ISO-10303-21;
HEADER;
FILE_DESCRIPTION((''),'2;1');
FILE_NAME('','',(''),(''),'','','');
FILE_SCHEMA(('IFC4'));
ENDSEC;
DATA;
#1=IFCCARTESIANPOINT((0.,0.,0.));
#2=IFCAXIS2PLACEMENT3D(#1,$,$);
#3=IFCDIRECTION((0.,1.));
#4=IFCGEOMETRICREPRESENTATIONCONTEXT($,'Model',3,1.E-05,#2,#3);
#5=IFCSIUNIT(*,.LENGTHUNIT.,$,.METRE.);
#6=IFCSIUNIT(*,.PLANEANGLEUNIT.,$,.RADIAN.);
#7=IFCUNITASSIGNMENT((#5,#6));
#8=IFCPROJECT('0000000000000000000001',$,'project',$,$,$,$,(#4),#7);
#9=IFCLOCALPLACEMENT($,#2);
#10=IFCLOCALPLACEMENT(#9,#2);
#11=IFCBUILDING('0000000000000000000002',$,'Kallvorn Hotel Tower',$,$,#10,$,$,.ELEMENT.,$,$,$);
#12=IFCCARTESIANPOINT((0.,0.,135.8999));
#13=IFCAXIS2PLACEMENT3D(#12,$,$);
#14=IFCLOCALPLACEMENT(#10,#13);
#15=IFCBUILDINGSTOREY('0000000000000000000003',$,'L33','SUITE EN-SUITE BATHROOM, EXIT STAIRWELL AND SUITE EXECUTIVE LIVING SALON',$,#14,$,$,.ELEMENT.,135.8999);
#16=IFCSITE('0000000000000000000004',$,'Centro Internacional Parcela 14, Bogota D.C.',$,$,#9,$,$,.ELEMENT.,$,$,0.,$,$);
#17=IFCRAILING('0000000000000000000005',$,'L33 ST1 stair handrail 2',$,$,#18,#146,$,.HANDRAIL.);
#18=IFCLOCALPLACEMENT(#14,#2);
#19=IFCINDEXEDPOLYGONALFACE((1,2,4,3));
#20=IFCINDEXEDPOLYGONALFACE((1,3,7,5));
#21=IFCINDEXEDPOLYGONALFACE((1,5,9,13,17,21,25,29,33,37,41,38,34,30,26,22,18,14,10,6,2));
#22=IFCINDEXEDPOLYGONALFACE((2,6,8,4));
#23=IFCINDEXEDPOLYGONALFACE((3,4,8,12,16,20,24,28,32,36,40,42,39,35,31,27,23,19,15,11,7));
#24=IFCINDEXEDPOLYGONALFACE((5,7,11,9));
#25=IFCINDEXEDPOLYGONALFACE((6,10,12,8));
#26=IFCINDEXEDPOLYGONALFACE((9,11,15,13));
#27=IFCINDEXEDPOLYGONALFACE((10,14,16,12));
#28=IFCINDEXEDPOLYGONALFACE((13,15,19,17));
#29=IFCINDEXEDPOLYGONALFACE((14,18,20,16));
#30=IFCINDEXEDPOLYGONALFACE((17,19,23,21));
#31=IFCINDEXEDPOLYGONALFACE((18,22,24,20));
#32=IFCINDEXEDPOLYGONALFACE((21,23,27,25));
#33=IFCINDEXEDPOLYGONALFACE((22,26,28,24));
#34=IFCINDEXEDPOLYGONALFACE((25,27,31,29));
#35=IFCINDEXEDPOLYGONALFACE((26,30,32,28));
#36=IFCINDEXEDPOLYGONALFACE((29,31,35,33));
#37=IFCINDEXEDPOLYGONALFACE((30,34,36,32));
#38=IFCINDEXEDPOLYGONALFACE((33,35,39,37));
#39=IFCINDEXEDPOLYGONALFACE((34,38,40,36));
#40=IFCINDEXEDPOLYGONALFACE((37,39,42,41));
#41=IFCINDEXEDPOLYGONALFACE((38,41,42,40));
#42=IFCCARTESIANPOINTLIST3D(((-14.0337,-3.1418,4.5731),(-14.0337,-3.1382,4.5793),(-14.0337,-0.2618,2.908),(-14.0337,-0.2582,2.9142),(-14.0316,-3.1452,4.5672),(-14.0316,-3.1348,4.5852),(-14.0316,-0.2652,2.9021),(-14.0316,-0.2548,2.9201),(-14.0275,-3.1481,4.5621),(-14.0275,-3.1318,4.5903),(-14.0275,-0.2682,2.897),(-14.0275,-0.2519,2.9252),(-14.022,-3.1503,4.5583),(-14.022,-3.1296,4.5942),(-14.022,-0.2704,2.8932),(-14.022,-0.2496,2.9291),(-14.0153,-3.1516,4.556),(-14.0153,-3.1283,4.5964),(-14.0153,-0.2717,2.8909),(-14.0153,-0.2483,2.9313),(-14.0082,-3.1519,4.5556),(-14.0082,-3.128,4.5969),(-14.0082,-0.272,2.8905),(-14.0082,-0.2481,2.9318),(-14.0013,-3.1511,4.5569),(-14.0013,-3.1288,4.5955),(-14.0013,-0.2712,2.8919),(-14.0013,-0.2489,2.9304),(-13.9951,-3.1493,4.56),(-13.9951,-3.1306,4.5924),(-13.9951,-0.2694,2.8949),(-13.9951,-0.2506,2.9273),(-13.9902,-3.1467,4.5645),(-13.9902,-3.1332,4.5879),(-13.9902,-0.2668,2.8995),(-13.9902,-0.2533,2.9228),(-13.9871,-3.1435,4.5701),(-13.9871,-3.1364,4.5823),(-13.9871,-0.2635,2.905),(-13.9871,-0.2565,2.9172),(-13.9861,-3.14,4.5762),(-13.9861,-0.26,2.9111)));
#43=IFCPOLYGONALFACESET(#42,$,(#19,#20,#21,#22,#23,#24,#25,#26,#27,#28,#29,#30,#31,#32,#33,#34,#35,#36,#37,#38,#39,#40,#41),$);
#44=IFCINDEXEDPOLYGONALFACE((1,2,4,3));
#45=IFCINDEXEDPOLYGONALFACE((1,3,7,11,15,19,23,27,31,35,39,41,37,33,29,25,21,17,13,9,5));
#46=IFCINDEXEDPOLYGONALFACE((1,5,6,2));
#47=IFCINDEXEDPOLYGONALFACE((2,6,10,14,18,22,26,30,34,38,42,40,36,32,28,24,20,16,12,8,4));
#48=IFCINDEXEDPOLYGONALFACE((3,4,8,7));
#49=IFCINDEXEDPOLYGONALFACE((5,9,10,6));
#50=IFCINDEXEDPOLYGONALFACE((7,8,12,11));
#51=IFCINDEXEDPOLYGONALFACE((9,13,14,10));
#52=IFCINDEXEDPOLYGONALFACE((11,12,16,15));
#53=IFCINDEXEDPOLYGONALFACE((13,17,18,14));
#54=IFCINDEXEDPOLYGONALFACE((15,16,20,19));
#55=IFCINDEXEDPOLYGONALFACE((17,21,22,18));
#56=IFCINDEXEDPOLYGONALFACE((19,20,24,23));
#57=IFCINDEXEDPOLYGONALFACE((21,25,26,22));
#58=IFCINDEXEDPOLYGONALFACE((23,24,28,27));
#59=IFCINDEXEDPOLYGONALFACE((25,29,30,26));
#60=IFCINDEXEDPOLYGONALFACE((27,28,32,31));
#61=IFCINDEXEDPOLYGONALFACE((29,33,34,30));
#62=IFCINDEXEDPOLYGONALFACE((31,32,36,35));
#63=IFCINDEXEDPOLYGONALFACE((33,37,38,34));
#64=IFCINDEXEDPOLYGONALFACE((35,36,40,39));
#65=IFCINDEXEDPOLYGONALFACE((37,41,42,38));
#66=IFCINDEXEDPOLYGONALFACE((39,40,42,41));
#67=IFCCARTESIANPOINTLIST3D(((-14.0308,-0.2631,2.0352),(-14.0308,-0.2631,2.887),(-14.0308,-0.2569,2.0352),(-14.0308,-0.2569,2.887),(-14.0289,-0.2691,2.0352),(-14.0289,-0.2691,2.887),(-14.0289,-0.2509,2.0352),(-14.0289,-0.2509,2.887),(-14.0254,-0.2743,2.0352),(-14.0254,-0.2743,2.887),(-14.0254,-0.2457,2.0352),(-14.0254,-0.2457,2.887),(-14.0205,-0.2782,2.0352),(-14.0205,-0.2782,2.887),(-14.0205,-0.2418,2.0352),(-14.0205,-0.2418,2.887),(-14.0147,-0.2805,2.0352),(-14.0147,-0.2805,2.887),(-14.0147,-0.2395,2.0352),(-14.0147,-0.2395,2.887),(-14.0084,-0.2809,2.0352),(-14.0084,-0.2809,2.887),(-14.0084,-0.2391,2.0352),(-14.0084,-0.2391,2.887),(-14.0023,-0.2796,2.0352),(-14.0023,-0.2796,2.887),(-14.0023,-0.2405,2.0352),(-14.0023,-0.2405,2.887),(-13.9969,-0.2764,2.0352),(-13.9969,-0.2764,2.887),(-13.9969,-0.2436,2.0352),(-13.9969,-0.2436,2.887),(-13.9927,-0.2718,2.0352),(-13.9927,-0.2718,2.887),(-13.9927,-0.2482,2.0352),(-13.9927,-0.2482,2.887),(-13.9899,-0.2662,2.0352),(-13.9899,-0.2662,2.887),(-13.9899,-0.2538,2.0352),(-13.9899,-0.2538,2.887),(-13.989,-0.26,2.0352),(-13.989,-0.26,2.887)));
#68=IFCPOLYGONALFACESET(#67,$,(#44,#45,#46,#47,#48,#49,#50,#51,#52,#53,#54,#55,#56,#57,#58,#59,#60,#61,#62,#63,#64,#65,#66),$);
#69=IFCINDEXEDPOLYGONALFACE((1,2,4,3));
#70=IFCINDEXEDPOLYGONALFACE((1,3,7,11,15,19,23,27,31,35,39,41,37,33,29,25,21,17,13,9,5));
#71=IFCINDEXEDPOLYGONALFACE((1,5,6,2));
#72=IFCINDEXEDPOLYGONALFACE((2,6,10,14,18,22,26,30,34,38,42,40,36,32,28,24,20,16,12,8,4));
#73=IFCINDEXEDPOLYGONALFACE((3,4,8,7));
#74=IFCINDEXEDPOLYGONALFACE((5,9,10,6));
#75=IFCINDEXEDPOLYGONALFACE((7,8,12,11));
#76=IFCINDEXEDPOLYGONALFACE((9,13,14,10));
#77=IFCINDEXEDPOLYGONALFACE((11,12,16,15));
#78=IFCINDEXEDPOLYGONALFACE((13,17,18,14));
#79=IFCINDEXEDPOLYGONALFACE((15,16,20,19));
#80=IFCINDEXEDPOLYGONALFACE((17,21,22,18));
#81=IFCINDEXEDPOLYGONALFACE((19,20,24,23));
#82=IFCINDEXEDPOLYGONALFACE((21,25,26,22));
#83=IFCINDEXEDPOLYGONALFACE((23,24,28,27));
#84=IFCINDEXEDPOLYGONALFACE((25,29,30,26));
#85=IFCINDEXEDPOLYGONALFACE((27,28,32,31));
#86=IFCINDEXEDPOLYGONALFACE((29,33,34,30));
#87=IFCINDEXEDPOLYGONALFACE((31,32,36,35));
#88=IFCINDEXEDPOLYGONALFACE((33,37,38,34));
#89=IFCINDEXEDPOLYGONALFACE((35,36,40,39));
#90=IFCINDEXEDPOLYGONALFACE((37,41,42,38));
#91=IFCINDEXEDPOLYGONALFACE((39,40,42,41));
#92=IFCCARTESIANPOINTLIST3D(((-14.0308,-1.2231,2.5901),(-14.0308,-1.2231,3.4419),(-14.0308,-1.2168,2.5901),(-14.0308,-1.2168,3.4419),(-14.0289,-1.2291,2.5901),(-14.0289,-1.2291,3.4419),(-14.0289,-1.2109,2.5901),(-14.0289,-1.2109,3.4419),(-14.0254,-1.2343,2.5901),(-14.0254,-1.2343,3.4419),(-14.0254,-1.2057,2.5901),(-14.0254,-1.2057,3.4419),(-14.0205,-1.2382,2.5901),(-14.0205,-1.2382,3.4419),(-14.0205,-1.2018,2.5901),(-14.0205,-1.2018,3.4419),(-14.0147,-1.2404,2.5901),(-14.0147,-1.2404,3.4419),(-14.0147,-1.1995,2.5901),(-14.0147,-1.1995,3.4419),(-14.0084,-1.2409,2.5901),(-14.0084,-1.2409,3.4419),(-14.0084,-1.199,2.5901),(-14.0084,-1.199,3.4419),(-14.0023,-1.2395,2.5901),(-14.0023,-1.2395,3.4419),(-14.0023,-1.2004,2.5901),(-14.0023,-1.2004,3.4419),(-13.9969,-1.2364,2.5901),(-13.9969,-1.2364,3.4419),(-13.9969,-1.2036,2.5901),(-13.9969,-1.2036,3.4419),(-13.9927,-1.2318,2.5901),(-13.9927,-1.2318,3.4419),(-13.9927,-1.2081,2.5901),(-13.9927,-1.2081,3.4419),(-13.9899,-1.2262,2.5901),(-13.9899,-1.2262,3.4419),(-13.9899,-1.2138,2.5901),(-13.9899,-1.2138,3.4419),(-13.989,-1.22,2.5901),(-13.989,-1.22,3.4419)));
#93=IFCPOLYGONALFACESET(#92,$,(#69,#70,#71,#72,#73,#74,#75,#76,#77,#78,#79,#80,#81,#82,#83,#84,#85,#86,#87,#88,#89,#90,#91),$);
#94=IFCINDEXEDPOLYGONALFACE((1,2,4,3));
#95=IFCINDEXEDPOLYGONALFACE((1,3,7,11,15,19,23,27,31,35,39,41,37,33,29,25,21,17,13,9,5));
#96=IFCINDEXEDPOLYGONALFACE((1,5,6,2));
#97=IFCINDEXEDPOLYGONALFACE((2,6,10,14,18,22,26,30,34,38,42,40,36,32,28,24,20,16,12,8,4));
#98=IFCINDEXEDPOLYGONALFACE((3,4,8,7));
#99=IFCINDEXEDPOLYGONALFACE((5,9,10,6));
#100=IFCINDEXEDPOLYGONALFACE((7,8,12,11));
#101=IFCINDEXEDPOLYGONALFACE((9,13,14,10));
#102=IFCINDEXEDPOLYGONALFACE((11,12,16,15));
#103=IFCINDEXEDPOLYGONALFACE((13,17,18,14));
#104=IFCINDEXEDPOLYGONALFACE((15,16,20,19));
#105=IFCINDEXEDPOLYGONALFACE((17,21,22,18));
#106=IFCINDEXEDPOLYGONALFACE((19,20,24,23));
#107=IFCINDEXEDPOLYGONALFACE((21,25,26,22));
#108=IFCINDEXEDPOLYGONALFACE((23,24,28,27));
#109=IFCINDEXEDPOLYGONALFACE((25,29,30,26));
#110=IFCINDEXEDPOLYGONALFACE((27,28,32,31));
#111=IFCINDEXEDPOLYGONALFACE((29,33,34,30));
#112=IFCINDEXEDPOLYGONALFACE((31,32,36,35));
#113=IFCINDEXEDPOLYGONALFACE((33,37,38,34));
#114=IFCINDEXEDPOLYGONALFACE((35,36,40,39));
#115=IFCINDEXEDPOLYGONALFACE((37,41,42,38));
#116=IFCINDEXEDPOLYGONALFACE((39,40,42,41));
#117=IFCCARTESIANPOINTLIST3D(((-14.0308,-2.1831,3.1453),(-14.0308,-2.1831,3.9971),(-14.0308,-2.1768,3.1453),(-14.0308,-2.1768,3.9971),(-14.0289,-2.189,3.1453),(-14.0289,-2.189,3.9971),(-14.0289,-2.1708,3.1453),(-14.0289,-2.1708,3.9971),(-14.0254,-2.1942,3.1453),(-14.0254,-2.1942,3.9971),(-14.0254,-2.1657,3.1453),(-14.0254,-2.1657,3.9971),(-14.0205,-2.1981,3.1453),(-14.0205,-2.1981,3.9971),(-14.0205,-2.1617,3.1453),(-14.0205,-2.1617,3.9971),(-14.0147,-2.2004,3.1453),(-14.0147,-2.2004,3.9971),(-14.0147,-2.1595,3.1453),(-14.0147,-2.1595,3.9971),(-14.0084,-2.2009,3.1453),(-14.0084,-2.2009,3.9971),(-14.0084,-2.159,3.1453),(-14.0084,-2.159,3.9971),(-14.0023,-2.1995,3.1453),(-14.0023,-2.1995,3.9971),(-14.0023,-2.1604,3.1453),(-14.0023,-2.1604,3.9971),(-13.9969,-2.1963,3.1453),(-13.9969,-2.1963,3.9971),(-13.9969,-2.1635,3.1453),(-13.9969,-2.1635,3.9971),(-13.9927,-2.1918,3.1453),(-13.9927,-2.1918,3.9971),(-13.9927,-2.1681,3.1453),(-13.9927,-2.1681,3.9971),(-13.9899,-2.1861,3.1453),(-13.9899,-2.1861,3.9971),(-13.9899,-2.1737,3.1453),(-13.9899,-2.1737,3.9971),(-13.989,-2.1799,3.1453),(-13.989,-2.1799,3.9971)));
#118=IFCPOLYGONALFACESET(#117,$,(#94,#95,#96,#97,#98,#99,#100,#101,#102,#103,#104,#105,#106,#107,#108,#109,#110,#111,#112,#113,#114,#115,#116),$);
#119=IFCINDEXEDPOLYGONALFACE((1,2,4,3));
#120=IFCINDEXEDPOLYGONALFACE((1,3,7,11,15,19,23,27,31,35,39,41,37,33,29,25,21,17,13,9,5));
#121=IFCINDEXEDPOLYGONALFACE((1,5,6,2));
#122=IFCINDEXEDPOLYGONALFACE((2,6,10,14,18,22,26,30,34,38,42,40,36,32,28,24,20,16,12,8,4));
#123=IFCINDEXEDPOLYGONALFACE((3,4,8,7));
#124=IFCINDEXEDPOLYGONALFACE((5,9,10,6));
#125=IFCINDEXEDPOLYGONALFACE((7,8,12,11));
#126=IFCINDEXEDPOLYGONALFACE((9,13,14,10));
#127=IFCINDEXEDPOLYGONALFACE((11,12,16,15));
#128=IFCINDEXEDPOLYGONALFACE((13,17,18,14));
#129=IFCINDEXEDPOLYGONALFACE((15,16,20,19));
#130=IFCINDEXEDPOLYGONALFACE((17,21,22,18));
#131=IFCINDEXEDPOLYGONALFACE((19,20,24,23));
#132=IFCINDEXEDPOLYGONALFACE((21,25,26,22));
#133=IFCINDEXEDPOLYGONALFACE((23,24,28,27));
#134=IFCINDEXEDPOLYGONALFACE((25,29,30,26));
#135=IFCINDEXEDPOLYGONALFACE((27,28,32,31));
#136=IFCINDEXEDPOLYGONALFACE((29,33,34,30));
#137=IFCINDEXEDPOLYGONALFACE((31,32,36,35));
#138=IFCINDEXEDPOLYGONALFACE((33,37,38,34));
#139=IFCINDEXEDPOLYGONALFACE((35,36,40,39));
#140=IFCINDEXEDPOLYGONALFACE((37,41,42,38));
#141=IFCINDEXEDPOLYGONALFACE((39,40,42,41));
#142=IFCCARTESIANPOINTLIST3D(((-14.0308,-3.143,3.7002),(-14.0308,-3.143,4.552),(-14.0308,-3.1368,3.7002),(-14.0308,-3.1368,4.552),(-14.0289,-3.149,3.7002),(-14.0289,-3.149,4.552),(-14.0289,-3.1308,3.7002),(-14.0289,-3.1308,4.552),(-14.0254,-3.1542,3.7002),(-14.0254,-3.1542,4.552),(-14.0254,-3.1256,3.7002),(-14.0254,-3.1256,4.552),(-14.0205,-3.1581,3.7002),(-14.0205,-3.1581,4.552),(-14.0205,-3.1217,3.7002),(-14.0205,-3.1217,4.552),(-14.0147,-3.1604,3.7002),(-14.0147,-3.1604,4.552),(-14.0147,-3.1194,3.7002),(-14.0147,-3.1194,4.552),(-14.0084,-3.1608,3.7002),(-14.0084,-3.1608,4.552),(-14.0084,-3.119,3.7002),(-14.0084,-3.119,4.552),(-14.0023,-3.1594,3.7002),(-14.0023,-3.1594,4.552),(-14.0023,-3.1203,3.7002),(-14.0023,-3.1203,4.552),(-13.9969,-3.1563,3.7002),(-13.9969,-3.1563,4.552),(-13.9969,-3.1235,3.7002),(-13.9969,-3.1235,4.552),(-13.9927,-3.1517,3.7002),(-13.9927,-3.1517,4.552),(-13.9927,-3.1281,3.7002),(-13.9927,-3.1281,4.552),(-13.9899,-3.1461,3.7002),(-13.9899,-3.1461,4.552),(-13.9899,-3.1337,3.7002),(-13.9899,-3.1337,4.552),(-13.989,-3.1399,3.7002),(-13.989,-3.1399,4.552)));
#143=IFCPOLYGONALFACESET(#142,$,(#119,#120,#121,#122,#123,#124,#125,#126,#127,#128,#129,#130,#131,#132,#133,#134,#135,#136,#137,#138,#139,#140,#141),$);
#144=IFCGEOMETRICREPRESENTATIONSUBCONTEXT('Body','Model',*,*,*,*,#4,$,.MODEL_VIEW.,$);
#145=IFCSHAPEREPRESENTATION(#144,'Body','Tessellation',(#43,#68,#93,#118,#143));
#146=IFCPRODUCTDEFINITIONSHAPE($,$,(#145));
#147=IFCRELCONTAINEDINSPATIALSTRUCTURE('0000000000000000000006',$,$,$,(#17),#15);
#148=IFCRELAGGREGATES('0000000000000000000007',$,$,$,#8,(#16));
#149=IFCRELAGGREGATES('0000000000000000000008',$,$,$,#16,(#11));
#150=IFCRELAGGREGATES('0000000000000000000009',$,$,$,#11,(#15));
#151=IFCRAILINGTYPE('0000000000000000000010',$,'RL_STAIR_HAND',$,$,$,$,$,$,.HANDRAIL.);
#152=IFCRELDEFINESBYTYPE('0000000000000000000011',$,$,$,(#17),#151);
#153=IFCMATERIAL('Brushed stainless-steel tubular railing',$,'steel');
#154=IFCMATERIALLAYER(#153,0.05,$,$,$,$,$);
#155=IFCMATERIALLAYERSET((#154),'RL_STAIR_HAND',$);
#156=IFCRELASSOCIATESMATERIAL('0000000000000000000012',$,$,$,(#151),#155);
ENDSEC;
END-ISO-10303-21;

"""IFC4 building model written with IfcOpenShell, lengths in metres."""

from ifc_helpers import new_model, si_unit, direction, frame, origin, origin_2d, place, context, subcontext, project, spatial, circle, extrude, material, layer, layer_set, type_object, element, save


model = new_model("IFC4")

# Units and contexts
model_context = context("Model", 3, precision=1e-05, world=origin(), true_north=direction((0.0, 1.0)))
body_context = subcontext(model_context, "Body", "Model", "MODEL_VIEW")
ifc_project = project(units=[si_unit("LENGTHUNIT", "METRE"), si_unit("PLANEANGLEUNIT", "RADIAN")], contexts=[model_context])

# Site, building, storey
site_placement = place(None, origin())
site = spatial("IfcSite", under=ifc_project, at=site_placement, Name="Centro Internacional Parcela 14, Bogota D.C.", CompositionType="ELEMENT", RefElevation=0.0)
building_placement = place(site_placement, origin())
building = spatial("IfcBuilding", under=site, at=building_placement, Name="Kallvorn Hotel Tower", CompositionType="ELEMENT")
storey_placement = place(building_placement, frame((0.0, 0.0, 135.8999)))
storey = spatial("IfcBuildingStorey", under=building, at=storey_placement, Name="L33", Description="SUITE EN-SUITE BATHROOM, EXIT STAIRWELL AND SUITE EXECUTIVE LIVING SALON", CompositionType="ELEMENT", Elevation=135.8999)

# Railing
ifc_material_1 = material(Name="Brushed stainless-steel tubular railing", Category="steel")
ifc_layer_1 = layer(ifc_material_1, 0.05)
ifc_layer_set_1 = layer_set([ifc_layer_1], Name="RL_STAIR_HAND")
railing_type_1 = type_object("IfcRailingType", Name="RL_STAIR_HAND", PredefinedType="HANDRAIL", material=ifc_layer_set_1)
railing_1_placement = place(storey_placement, frame((-14.01, -0.26, 2.0352)))
element("IfcRailing", 1, at=railing_1_placement, inside=storey, type_object=railing_type_1, Name="L33 ST1 stair handrail 2", PredefinedType="HANDRAIL", context=body_context, shape_type="SweptSolid", body=[
    extrude(circle(Radius=0.0239, at=origin_2d()), frame((0.0, 0.0, 0.876), z_axis=(0.0, -0.865721, 0.500527), x_axis=(1.0, 0.0, 0.0)), (0.0, 0.0, 1.0), 3.3267),
    extrude(circle(Radius=0.021, at=origin_2d()), origin(), (0.0, 0.0, 1.0), 0.8518),
    extrude(circle(Radius=0.021, at=origin_2d()), frame((0.0, -0.96, 0.5549)), (0.0, 0.0, 1.0), 0.8518),
    extrude(circle(Radius=0.021, at=origin_2d()), frame((0.0, -1.9199, 1.1101)), (0.0, 0.0, 1.0), 0.8518),
    extrude(circle(Radius=0.021, at=origin_2d()), frame((0.0, -2.8799, 1.665)), (0.0, 0.0, 1.0), 0.8518),
])

save(model, "model.ifc")
